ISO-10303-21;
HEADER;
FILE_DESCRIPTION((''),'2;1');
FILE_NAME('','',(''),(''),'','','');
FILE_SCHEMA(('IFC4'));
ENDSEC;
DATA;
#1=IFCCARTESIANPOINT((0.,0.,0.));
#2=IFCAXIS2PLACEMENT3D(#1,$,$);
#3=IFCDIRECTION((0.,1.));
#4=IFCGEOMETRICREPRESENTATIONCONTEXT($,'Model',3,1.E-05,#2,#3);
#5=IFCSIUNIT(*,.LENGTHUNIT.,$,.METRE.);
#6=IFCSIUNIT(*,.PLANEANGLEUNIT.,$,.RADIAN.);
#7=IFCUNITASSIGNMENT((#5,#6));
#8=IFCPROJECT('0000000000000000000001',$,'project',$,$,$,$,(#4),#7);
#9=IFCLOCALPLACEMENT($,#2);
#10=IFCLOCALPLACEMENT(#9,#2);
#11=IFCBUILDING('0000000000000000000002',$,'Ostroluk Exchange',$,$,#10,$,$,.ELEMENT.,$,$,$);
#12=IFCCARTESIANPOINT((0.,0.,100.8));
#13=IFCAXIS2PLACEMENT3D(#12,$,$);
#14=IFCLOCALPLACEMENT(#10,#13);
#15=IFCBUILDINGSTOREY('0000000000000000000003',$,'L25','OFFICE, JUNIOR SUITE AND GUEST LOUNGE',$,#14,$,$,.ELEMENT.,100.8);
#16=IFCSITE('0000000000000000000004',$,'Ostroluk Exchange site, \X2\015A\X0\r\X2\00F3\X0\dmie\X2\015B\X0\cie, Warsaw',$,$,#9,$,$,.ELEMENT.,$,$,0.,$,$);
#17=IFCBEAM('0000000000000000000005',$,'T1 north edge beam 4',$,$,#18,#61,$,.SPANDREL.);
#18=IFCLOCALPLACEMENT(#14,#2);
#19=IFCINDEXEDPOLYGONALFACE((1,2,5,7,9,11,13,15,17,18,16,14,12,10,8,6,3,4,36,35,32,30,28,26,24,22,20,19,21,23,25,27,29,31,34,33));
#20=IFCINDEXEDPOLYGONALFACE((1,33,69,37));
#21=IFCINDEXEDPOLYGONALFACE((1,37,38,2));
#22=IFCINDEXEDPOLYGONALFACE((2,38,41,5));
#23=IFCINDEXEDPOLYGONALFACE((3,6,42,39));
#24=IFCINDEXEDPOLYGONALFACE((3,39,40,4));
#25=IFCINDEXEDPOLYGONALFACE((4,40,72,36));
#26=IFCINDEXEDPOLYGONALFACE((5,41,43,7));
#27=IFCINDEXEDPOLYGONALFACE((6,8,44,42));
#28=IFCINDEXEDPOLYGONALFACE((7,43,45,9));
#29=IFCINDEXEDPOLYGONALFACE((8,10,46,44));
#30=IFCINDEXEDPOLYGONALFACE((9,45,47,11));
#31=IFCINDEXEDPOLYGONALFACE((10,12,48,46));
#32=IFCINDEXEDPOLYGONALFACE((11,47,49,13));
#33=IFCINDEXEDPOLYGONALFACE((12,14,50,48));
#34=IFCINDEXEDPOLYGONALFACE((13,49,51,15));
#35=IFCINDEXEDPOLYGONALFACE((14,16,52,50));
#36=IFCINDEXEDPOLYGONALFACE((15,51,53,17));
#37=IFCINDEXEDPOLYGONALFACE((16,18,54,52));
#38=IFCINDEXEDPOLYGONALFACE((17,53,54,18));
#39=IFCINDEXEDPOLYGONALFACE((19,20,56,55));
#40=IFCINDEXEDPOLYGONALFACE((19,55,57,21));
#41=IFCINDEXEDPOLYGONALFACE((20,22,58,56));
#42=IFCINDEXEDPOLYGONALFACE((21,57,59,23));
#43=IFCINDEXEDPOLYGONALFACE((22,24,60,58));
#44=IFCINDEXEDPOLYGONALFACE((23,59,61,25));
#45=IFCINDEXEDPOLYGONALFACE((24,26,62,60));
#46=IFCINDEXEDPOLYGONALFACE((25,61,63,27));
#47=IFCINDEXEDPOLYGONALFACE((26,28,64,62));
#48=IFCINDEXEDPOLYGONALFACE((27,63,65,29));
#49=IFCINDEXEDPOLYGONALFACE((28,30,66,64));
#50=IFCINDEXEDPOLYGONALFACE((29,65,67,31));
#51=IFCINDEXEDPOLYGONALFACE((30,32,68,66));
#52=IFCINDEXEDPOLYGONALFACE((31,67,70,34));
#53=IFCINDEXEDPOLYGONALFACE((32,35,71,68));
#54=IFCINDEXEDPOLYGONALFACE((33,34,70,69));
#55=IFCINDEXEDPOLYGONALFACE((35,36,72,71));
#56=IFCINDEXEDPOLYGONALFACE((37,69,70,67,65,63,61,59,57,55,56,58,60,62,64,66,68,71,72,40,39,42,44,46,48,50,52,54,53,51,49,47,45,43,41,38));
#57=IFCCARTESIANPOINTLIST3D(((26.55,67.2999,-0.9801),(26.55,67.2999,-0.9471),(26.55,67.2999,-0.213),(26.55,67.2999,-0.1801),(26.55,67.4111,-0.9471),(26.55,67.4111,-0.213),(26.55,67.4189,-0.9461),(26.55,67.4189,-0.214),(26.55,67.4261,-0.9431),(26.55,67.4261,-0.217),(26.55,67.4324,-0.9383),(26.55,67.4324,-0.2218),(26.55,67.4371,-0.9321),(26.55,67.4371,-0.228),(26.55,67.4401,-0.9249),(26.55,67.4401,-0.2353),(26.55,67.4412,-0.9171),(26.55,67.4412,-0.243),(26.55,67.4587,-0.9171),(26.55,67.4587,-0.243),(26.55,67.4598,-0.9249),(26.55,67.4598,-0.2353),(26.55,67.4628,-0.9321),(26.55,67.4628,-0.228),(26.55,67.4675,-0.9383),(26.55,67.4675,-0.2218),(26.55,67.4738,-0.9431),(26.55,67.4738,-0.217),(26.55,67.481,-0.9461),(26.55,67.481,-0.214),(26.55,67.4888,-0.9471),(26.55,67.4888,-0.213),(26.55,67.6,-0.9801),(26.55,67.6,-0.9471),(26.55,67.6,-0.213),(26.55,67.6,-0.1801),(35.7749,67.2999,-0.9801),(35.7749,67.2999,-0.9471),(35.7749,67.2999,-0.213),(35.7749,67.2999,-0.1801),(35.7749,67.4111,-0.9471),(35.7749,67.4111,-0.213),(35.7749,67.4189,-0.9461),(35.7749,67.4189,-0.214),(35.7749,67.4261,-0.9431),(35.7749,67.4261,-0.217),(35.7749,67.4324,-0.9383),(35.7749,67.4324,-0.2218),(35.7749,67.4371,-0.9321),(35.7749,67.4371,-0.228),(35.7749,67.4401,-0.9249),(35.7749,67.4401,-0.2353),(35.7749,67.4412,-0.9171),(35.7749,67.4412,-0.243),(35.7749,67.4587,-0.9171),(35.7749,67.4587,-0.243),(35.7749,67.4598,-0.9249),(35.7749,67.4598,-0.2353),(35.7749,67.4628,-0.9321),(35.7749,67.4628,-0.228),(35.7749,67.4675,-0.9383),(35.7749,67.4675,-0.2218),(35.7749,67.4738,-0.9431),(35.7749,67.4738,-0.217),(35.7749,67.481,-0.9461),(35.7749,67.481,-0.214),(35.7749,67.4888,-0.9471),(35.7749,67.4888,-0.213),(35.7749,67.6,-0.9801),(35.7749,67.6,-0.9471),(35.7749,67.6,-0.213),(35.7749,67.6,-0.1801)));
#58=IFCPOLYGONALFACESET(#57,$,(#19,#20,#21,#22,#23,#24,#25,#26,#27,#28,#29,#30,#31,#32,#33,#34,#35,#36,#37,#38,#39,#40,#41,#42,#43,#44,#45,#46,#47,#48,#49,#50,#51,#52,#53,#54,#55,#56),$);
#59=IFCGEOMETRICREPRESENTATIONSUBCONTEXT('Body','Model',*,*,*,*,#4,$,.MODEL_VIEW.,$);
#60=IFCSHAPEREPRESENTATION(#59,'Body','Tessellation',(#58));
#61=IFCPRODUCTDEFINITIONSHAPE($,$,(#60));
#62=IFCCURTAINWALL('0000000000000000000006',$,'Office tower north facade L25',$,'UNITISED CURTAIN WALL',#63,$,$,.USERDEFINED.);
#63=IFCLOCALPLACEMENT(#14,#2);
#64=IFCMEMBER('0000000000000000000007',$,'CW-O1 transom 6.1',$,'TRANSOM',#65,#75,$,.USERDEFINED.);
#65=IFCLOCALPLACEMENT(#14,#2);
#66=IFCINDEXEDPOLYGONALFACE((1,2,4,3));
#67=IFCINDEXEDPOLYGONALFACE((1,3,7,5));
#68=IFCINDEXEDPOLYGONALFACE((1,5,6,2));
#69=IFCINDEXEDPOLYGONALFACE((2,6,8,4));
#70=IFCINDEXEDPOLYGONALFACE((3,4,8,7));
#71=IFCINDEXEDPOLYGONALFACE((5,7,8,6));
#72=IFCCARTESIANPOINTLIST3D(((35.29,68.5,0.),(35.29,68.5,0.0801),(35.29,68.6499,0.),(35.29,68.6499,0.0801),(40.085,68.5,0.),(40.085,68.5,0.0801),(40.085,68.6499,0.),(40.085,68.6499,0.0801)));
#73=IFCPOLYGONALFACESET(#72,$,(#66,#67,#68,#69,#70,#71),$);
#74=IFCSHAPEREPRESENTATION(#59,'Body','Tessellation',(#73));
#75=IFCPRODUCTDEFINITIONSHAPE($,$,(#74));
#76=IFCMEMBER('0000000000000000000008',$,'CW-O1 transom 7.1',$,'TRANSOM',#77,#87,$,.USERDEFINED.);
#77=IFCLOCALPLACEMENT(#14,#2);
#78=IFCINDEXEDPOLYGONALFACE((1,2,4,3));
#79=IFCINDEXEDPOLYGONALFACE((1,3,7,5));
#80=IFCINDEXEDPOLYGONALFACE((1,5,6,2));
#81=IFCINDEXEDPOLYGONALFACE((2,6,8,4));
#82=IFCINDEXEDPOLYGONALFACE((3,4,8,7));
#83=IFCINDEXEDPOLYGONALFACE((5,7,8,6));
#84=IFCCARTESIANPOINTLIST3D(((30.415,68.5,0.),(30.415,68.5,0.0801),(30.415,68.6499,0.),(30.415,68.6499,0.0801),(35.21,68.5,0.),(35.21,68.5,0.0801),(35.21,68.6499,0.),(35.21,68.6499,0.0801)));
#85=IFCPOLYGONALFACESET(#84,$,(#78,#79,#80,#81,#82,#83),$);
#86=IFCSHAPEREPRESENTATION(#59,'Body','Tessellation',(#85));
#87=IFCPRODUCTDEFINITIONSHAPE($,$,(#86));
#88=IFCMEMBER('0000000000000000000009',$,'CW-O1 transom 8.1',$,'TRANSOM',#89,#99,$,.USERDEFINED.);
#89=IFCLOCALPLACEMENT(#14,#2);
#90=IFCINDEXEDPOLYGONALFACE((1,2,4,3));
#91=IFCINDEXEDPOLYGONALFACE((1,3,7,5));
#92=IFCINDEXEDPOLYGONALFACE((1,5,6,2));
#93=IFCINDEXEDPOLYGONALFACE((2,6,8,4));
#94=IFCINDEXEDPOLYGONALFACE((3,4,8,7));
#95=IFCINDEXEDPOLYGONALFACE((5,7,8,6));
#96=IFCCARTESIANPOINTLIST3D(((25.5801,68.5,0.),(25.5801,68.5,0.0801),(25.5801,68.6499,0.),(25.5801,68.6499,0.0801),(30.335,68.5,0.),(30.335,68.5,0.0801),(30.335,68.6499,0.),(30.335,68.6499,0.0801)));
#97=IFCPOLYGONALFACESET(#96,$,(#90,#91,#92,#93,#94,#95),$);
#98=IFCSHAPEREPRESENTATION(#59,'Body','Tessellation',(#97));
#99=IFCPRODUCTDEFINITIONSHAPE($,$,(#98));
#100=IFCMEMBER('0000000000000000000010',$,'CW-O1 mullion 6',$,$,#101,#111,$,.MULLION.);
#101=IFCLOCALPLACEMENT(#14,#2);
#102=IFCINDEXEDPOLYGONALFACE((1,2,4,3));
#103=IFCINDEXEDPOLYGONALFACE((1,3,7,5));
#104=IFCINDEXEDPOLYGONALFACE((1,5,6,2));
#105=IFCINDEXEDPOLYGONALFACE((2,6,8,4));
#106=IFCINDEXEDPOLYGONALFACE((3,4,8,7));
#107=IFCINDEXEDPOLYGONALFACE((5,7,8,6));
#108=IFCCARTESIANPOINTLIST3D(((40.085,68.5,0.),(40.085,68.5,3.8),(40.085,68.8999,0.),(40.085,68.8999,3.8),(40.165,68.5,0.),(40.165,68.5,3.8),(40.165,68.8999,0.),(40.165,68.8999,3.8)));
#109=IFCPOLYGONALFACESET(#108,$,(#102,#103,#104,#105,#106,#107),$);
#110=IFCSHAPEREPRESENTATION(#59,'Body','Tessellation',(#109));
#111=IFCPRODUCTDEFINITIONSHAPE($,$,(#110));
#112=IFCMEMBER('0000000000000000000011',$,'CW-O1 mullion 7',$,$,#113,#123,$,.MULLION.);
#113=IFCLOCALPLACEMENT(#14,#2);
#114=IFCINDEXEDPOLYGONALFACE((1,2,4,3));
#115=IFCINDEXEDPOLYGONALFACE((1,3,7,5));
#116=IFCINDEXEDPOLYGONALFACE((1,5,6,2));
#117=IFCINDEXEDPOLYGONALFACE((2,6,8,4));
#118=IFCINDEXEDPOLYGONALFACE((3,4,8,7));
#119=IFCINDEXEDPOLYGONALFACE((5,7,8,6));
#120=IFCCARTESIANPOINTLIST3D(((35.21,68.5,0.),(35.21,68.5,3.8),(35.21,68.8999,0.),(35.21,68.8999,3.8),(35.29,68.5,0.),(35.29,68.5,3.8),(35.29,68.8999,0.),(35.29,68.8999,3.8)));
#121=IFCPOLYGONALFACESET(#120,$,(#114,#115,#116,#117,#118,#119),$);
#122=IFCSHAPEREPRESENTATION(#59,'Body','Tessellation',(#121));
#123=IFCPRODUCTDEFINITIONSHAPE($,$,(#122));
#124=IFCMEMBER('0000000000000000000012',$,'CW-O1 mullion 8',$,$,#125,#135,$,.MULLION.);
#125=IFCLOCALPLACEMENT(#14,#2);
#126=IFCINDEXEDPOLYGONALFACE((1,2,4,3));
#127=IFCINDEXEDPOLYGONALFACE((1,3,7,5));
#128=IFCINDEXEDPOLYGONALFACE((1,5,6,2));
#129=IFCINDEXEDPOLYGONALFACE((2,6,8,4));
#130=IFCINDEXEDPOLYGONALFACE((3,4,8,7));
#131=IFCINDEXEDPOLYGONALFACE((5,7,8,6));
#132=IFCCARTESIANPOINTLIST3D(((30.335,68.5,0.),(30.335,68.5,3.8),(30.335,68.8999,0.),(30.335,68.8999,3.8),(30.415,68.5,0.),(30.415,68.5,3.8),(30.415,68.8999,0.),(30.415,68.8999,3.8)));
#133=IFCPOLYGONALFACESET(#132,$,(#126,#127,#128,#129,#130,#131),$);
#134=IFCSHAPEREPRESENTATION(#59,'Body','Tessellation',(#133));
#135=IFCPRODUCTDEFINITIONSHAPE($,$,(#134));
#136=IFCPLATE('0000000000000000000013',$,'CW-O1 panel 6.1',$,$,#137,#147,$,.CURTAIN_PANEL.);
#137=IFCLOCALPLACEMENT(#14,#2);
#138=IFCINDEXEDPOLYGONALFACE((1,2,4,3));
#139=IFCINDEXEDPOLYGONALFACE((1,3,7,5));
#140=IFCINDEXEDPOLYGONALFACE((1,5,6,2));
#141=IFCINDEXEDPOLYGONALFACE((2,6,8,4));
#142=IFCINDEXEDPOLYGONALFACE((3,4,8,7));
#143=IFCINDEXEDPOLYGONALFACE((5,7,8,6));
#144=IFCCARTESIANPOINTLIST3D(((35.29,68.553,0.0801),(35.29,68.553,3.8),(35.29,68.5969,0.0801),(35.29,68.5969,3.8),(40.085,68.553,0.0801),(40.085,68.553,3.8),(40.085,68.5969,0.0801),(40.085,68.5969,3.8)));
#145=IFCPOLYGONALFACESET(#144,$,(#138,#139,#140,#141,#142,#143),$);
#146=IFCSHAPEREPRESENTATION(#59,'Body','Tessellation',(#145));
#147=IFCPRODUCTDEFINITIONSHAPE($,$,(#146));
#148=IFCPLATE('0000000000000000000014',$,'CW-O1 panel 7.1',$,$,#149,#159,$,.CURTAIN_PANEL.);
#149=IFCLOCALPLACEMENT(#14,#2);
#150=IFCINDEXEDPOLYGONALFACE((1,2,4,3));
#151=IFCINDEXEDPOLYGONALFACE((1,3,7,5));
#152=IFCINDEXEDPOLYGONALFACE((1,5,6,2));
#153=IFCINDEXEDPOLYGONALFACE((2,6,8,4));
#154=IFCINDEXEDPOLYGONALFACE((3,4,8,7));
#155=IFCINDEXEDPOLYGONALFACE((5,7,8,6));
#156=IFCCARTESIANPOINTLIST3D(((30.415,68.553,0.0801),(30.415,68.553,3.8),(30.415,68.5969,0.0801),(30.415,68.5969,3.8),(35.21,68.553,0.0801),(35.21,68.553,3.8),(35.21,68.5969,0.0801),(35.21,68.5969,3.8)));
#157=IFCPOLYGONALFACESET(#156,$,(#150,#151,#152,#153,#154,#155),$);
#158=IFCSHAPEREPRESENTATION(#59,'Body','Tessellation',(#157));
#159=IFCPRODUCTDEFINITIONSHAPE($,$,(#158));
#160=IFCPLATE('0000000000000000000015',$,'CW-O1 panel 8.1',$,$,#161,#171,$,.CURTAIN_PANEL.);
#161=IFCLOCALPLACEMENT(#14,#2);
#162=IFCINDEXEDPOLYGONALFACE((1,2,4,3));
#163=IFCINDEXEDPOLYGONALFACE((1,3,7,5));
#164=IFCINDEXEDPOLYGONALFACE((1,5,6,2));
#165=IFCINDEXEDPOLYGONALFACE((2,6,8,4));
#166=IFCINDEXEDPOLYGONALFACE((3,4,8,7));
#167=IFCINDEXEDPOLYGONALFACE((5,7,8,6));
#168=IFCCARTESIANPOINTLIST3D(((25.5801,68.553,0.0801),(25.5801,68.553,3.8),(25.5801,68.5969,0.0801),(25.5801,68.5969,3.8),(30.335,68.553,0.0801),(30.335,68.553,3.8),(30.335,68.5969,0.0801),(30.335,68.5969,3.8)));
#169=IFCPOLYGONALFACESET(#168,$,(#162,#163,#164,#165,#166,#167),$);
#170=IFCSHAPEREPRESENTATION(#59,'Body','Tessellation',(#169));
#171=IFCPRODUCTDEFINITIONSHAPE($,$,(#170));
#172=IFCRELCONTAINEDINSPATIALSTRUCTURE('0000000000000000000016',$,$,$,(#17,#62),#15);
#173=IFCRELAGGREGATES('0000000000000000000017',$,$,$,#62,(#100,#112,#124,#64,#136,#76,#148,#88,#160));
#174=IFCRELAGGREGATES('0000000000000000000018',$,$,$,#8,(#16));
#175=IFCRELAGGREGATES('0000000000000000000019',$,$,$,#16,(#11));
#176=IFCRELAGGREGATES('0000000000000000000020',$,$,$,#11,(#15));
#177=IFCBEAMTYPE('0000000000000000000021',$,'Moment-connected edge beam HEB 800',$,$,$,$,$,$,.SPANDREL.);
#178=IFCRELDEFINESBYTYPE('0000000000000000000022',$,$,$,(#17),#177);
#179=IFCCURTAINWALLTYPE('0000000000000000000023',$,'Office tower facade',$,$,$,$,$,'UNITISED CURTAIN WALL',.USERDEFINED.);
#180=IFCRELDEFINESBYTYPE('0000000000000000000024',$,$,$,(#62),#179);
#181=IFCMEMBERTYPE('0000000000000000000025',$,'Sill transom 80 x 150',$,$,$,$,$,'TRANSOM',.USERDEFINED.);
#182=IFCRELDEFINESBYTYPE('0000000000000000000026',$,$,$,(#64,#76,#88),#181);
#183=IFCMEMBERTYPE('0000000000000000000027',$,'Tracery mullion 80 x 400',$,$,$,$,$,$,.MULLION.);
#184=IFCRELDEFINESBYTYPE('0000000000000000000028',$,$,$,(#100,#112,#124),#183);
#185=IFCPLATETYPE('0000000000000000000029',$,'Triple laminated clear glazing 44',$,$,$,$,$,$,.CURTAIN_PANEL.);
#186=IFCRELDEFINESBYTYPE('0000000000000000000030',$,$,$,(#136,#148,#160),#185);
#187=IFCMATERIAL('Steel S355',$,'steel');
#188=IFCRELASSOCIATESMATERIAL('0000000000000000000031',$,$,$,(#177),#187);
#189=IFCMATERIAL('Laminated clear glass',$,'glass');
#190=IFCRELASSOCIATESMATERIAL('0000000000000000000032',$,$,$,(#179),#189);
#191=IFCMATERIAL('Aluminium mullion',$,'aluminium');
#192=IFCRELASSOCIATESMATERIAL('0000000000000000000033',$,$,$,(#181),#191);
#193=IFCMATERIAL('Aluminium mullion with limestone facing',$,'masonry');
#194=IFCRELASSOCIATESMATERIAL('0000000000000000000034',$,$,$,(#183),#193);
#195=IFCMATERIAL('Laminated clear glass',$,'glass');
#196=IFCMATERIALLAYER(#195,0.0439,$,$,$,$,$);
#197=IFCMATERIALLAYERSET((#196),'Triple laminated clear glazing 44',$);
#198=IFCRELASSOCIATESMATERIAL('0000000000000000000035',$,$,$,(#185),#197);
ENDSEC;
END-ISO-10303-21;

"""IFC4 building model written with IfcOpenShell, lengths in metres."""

from ifc_helpers import new_model, si_unit, direction, frame, origin, origin_2d, place, context, subcontext, project, spatial, rectangle, i_section, extrude, material, layer, layer_set, material_profile, profile_set, type_object, element, aggregate, save


model = new_model("IFC4")

# Units and contexts
model_context = context("Model", 3, precision=1e-05, world=origin(), true_north=direction((0.0, 1.0)))
body_context = subcontext(model_context, "Body", "Model", "MODEL_VIEW")
ifc_project = project(units=[si_unit("LENGTHUNIT", "METRE"), si_unit("PLANEANGLEUNIT", "RADIAN")], contexts=[model_context])

# Site, building, storey
site_placement = place(None, origin())
site = spatial("IfcSite", under=ifc_project, at=site_placement, Name="Ostroluk Exchange site, Śródmieście, Warsaw", CompositionType="ELEMENT", RefElevation=0.0)
building_placement = place(site_placement, origin())
building = spatial("IfcBuilding", under=site, at=building_placement, Name="Ostroluk Exchange", CompositionType="ELEMENT")
storey_placement = place(building_placement, frame((0.0, 0.0, 100.8)))
storey = spatial("IfcBuildingStorey", under=building, at=storey_placement, Name="L25", Description="OFFICE, JUNIOR SUITE AND GUEST LOUNGE", CompositionType="ELEMENT", Elevation=100.8)

# Beam
ifc_material_1 = material(Name="Steel S355", Category="steel")
ifc_material_profile_1 = material_profile(ifc_material_1, i_section(OverallWidth=0.3, OverallDepth=0.8, WebThickness=0.0176, FlangeThickness=0.033, FilletRadius=0.03, at=origin_2d()), Name="HEB 800")
ifc_profile_set_1 = profile_set([ifc_material_profile_1], Name="Steel S355")
beam_type_1 = type_object("IfcBeamType", Name="Moment-connected edge beam HEB 800", PredefinedType="SPANDREL", material=ifc_profile_set_1)
beam_1_placement = place(storey_placement, frame((35.7749, 67.45, -0.5801), z_axis=(-1.0, 0.0, 0.0), x_axis=(0.0, -1.0, 0.0)))
element("IfcBeam", 1, at=beam_1_placement, inside=storey, type_object=beam_type_1, Name="T1 north edge beam 4", PredefinedType="SPANDREL", context=body_context, shape_type="SweptSolid", body=[
    extrude(i_section(OverallWidth=0.3, OverallDepth=0.8, WebThickness=0.0176, FlangeThickness=0.033, FilletRadius=0.03, at=origin_2d()), origin(), (0.0, 0.0, 1.0), 9.2249),
])

# Curtain wall, members, plates
ifc_material_2 = material(Name="Laminated clear glass", Category="glass")
curtain_wall_type = type_object("IfcCurtainWallType", Name="Office tower facade", ElementType="UNITISED CURTAIN WALL", PredefinedType="USERDEFINED", material=ifc_material_2)
curtain_wall_placement = place(storey_placement, origin())
curtain_wall = element("IfcCurtainWall", 2, at=curtain_wall_placement, inside=storey, type_object=curtain_wall_type, Name="Office tower north facade L25", ObjectType="UNITISED CURTAIN WALL", PredefinedType="USERDEFINED")
ifc_material_3 = material(Name="Aluminium mullion", Category="aluminium")
ifc_material_profile_2 = material_profile(ifc_material_3, rectangle(XDim=0.1499, YDim=0.0801, at=origin_2d()), Name="Sill transom 80 x 150")
ifc_profile_set_2 = profile_set([ifc_material_profile_2], Name="Aluminium mullion")
member_type_1 = type_object("IfcMemberType", Name="Sill transom 80 x 150", ElementType="TRANSOM", PredefinedType="USERDEFINED", material=ifc_profile_set_2)
member_1_placement = place(storey_placement, frame((40.085, 68.575, 0.04), z_axis=(-1.0, 0.0, 0.0), x_axis=(0.0, -1.0, 0.0)))
member_1 = element("IfcMember", 3, at=member_1_placement, type_object=member_type_1, Name="CW-O1 transom 6.1", ObjectType="TRANSOM", PredefinedType="USERDEFINED", context=body_context, shape_type="SweptSolid", body=[
    extrude(rectangle(XDim=0.1499, YDim=0.0801, at=origin_2d()), origin(), (0.0, 0.0, 1.0), 4.7949),
])
member_2_placement = place(storey_placement, frame((35.21, 68.575, 0.04), z_axis=(-1.0, 0.0, 0.0), x_axis=(0.0, -1.0, 0.0)))
member_2 = element("IfcMember", 4, at=member_2_placement, type_object=member_type_1, Name="CW-O1 transom 7.1", ObjectType="TRANSOM", PredefinedType="USERDEFINED", context=body_context, shape_type="SweptSolid", body=[
    extrude(rectangle(XDim=0.1499, YDim=0.0801, at=origin_2d()), origin(), (0.0, 0.0, 1.0), 4.7949),
])
member_3_placement = place(storey_placement, frame((30.335, 68.575, 0.04), z_axis=(-1.0, 0.0, 0.0), x_axis=(0.0, -1.0, 0.0)))
member_3 = element("IfcMember", 5, at=member_3_placement, type_object=member_type_1, Name="CW-O1 transom 8.1", ObjectType="TRANSOM", PredefinedType="USERDEFINED", context=body_context, shape_type="SweptSolid", body=[
    extrude(rectangle(XDim=0.1499, YDim=0.0801, at=origin_2d()), origin(), (0.0, 0.0, 1.0), 4.7549),
])
ifc_material_4 = material(Name="Aluminium mullion with limestone facing", Category="masonry")
ifc_material_profile_3 = material_profile(ifc_material_4, rectangle(XDim=0.3999, YDim=0.0801, at=origin_2d()), Name="Tracery mullion 80 x 400")
ifc_profile_set_3 = profile_set([ifc_material_profile_3], Name="Aluminium mullion with limestone facing")
member_type_2 = type_object("IfcMemberType", Name="Tracery mullion 80 x 400", PredefinedType="MULLION", material=ifc_profile_set_3)
member_4_placement = place(storey_placement, frame((40.125, 68.7, 0.0), z_axis=(0.0, 0.0, 1.0), x_axis=(0.0, -1.0, 0.0)))
member_4 = element("IfcMember", 6, at=member_4_placement, type_object=member_type_2, Name="CW-O1 mullion 6", PredefinedType="MULLION", context=body_context, shape_type="SweptSolid", body=[
    extrude(rectangle(XDim=0.3999, YDim=0.0801, at=origin_2d()), origin(), (0.0, 0.0, 1.0), 3.8),
])
member_5_placement = place(storey_placement, frame((35.25, 68.7, 0.0), z_axis=(0.0, 0.0, 1.0), x_axis=(0.0, -1.0, 0.0)))
member_5 = element("IfcMember", 7, at=member_5_placement, type_object=member_type_2, Name="CW-O1 mullion 7", PredefinedType="MULLION", context=body_context, shape_type="SweptSolid", body=[
    extrude(rectangle(XDim=0.3999, YDim=0.0801, at=origin_2d()), origin(), (0.0, 0.0, 1.0), 3.8),
])
member_6_placement = place(storey_placement, frame((30.375, 68.7, 0.0), z_axis=(0.0, 0.0, 1.0), x_axis=(0.0, -1.0, 0.0)))
member_6 = element("IfcMember", 8, at=member_6_placement, type_object=member_type_2, Name="CW-O1 mullion 8", PredefinedType="MULLION", context=body_context, shape_type="SweptSolid", body=[
    extrude(rectangle(XDim=0.3999, YDim=0.0801, at=origin_2d()), origin(), (0.0, 0.0, 1.0), 3.8),
])
ifc_material_5 = material(Name="Laminated clear glass", Category="glass")
ifc_layer_1 = layer(ifc_material_5, 0.0439)
ifc_layer_set_1 = layer_set([ifc_layer_1], Name="Triple laminated clear glazing 44")
plate_type = type_object("IfcPlateType", Name="Triple laminated clear glazing 44", PredefinedType="CURTAIN_PANEL", material=ifc_layer_set_1)
plate_1_placement = place(storey_placement, frame((37.6875, 68.575, 0.0801), z_axis=(0.0, 0.0, 1.0), x_axis=(-1.0, 0.0, 0.0)))
plate_1 = element("IfcPlate", 9, at=plate_1_placement, type_object=plate_type, Name="CW-O1 panel 6.1", PredefinedType="CURTAIN_PANEL", context=body_context, shape_type="SweptSolid", body=[
    extrude(rectangle(XDim=4.7949, YDim=0.0439, at=origin_2d()), origin(), (0.0, 0.0, 1.0), 3.72),
])
plate_2_placement = place(storey_placement, frame((32.8125, 68.575, 0.0801), z_axis=(0.0, 0.0, 1.0), x_axis=(-1.0, 0.0, 0.0)))
plate_2 = element("IfcPlate", 10, at=plate_2_placement, type_object=plate_type, Name="CW-O1 panel 7.1", PredefinedType="CURTAIN_PANEL", context=body_context, shape_type="SweptSolid", body=[
    extrude(rectangle(XDim=4.7949, YDim=0.0439, at=origin_2d()), origin(), (0.0, 0.0, 1.0), 3.72),
])
plate_3_placement = place(storey_placement, frame((27.9575, 68.575, 0.0801), z_axis=(0.0, 0.0, 1.0), x_axis=(-1.0, 0.0, 0.0)))
plate_3 = element("IfcPlate", 11, at=plate_3_placement, type_object=plate_type, Name="CW-O1 panel 8.1", PredefinedType="CURTAIN_PANEL", context=body_context, shape_type="SweptSolid", body=[
    extrude(rectangle(XDim=4.7549, YDim=0.0439, at=origin_2d()), origin(), (0.0, 0.0, 1.0), 3.72),
])
aggregate(curtain_wall, [member_4, member_5, member_6, member_1, plate_1, member_2, plate_2, member_3, plate_3])

save(model, "model.ifc")
